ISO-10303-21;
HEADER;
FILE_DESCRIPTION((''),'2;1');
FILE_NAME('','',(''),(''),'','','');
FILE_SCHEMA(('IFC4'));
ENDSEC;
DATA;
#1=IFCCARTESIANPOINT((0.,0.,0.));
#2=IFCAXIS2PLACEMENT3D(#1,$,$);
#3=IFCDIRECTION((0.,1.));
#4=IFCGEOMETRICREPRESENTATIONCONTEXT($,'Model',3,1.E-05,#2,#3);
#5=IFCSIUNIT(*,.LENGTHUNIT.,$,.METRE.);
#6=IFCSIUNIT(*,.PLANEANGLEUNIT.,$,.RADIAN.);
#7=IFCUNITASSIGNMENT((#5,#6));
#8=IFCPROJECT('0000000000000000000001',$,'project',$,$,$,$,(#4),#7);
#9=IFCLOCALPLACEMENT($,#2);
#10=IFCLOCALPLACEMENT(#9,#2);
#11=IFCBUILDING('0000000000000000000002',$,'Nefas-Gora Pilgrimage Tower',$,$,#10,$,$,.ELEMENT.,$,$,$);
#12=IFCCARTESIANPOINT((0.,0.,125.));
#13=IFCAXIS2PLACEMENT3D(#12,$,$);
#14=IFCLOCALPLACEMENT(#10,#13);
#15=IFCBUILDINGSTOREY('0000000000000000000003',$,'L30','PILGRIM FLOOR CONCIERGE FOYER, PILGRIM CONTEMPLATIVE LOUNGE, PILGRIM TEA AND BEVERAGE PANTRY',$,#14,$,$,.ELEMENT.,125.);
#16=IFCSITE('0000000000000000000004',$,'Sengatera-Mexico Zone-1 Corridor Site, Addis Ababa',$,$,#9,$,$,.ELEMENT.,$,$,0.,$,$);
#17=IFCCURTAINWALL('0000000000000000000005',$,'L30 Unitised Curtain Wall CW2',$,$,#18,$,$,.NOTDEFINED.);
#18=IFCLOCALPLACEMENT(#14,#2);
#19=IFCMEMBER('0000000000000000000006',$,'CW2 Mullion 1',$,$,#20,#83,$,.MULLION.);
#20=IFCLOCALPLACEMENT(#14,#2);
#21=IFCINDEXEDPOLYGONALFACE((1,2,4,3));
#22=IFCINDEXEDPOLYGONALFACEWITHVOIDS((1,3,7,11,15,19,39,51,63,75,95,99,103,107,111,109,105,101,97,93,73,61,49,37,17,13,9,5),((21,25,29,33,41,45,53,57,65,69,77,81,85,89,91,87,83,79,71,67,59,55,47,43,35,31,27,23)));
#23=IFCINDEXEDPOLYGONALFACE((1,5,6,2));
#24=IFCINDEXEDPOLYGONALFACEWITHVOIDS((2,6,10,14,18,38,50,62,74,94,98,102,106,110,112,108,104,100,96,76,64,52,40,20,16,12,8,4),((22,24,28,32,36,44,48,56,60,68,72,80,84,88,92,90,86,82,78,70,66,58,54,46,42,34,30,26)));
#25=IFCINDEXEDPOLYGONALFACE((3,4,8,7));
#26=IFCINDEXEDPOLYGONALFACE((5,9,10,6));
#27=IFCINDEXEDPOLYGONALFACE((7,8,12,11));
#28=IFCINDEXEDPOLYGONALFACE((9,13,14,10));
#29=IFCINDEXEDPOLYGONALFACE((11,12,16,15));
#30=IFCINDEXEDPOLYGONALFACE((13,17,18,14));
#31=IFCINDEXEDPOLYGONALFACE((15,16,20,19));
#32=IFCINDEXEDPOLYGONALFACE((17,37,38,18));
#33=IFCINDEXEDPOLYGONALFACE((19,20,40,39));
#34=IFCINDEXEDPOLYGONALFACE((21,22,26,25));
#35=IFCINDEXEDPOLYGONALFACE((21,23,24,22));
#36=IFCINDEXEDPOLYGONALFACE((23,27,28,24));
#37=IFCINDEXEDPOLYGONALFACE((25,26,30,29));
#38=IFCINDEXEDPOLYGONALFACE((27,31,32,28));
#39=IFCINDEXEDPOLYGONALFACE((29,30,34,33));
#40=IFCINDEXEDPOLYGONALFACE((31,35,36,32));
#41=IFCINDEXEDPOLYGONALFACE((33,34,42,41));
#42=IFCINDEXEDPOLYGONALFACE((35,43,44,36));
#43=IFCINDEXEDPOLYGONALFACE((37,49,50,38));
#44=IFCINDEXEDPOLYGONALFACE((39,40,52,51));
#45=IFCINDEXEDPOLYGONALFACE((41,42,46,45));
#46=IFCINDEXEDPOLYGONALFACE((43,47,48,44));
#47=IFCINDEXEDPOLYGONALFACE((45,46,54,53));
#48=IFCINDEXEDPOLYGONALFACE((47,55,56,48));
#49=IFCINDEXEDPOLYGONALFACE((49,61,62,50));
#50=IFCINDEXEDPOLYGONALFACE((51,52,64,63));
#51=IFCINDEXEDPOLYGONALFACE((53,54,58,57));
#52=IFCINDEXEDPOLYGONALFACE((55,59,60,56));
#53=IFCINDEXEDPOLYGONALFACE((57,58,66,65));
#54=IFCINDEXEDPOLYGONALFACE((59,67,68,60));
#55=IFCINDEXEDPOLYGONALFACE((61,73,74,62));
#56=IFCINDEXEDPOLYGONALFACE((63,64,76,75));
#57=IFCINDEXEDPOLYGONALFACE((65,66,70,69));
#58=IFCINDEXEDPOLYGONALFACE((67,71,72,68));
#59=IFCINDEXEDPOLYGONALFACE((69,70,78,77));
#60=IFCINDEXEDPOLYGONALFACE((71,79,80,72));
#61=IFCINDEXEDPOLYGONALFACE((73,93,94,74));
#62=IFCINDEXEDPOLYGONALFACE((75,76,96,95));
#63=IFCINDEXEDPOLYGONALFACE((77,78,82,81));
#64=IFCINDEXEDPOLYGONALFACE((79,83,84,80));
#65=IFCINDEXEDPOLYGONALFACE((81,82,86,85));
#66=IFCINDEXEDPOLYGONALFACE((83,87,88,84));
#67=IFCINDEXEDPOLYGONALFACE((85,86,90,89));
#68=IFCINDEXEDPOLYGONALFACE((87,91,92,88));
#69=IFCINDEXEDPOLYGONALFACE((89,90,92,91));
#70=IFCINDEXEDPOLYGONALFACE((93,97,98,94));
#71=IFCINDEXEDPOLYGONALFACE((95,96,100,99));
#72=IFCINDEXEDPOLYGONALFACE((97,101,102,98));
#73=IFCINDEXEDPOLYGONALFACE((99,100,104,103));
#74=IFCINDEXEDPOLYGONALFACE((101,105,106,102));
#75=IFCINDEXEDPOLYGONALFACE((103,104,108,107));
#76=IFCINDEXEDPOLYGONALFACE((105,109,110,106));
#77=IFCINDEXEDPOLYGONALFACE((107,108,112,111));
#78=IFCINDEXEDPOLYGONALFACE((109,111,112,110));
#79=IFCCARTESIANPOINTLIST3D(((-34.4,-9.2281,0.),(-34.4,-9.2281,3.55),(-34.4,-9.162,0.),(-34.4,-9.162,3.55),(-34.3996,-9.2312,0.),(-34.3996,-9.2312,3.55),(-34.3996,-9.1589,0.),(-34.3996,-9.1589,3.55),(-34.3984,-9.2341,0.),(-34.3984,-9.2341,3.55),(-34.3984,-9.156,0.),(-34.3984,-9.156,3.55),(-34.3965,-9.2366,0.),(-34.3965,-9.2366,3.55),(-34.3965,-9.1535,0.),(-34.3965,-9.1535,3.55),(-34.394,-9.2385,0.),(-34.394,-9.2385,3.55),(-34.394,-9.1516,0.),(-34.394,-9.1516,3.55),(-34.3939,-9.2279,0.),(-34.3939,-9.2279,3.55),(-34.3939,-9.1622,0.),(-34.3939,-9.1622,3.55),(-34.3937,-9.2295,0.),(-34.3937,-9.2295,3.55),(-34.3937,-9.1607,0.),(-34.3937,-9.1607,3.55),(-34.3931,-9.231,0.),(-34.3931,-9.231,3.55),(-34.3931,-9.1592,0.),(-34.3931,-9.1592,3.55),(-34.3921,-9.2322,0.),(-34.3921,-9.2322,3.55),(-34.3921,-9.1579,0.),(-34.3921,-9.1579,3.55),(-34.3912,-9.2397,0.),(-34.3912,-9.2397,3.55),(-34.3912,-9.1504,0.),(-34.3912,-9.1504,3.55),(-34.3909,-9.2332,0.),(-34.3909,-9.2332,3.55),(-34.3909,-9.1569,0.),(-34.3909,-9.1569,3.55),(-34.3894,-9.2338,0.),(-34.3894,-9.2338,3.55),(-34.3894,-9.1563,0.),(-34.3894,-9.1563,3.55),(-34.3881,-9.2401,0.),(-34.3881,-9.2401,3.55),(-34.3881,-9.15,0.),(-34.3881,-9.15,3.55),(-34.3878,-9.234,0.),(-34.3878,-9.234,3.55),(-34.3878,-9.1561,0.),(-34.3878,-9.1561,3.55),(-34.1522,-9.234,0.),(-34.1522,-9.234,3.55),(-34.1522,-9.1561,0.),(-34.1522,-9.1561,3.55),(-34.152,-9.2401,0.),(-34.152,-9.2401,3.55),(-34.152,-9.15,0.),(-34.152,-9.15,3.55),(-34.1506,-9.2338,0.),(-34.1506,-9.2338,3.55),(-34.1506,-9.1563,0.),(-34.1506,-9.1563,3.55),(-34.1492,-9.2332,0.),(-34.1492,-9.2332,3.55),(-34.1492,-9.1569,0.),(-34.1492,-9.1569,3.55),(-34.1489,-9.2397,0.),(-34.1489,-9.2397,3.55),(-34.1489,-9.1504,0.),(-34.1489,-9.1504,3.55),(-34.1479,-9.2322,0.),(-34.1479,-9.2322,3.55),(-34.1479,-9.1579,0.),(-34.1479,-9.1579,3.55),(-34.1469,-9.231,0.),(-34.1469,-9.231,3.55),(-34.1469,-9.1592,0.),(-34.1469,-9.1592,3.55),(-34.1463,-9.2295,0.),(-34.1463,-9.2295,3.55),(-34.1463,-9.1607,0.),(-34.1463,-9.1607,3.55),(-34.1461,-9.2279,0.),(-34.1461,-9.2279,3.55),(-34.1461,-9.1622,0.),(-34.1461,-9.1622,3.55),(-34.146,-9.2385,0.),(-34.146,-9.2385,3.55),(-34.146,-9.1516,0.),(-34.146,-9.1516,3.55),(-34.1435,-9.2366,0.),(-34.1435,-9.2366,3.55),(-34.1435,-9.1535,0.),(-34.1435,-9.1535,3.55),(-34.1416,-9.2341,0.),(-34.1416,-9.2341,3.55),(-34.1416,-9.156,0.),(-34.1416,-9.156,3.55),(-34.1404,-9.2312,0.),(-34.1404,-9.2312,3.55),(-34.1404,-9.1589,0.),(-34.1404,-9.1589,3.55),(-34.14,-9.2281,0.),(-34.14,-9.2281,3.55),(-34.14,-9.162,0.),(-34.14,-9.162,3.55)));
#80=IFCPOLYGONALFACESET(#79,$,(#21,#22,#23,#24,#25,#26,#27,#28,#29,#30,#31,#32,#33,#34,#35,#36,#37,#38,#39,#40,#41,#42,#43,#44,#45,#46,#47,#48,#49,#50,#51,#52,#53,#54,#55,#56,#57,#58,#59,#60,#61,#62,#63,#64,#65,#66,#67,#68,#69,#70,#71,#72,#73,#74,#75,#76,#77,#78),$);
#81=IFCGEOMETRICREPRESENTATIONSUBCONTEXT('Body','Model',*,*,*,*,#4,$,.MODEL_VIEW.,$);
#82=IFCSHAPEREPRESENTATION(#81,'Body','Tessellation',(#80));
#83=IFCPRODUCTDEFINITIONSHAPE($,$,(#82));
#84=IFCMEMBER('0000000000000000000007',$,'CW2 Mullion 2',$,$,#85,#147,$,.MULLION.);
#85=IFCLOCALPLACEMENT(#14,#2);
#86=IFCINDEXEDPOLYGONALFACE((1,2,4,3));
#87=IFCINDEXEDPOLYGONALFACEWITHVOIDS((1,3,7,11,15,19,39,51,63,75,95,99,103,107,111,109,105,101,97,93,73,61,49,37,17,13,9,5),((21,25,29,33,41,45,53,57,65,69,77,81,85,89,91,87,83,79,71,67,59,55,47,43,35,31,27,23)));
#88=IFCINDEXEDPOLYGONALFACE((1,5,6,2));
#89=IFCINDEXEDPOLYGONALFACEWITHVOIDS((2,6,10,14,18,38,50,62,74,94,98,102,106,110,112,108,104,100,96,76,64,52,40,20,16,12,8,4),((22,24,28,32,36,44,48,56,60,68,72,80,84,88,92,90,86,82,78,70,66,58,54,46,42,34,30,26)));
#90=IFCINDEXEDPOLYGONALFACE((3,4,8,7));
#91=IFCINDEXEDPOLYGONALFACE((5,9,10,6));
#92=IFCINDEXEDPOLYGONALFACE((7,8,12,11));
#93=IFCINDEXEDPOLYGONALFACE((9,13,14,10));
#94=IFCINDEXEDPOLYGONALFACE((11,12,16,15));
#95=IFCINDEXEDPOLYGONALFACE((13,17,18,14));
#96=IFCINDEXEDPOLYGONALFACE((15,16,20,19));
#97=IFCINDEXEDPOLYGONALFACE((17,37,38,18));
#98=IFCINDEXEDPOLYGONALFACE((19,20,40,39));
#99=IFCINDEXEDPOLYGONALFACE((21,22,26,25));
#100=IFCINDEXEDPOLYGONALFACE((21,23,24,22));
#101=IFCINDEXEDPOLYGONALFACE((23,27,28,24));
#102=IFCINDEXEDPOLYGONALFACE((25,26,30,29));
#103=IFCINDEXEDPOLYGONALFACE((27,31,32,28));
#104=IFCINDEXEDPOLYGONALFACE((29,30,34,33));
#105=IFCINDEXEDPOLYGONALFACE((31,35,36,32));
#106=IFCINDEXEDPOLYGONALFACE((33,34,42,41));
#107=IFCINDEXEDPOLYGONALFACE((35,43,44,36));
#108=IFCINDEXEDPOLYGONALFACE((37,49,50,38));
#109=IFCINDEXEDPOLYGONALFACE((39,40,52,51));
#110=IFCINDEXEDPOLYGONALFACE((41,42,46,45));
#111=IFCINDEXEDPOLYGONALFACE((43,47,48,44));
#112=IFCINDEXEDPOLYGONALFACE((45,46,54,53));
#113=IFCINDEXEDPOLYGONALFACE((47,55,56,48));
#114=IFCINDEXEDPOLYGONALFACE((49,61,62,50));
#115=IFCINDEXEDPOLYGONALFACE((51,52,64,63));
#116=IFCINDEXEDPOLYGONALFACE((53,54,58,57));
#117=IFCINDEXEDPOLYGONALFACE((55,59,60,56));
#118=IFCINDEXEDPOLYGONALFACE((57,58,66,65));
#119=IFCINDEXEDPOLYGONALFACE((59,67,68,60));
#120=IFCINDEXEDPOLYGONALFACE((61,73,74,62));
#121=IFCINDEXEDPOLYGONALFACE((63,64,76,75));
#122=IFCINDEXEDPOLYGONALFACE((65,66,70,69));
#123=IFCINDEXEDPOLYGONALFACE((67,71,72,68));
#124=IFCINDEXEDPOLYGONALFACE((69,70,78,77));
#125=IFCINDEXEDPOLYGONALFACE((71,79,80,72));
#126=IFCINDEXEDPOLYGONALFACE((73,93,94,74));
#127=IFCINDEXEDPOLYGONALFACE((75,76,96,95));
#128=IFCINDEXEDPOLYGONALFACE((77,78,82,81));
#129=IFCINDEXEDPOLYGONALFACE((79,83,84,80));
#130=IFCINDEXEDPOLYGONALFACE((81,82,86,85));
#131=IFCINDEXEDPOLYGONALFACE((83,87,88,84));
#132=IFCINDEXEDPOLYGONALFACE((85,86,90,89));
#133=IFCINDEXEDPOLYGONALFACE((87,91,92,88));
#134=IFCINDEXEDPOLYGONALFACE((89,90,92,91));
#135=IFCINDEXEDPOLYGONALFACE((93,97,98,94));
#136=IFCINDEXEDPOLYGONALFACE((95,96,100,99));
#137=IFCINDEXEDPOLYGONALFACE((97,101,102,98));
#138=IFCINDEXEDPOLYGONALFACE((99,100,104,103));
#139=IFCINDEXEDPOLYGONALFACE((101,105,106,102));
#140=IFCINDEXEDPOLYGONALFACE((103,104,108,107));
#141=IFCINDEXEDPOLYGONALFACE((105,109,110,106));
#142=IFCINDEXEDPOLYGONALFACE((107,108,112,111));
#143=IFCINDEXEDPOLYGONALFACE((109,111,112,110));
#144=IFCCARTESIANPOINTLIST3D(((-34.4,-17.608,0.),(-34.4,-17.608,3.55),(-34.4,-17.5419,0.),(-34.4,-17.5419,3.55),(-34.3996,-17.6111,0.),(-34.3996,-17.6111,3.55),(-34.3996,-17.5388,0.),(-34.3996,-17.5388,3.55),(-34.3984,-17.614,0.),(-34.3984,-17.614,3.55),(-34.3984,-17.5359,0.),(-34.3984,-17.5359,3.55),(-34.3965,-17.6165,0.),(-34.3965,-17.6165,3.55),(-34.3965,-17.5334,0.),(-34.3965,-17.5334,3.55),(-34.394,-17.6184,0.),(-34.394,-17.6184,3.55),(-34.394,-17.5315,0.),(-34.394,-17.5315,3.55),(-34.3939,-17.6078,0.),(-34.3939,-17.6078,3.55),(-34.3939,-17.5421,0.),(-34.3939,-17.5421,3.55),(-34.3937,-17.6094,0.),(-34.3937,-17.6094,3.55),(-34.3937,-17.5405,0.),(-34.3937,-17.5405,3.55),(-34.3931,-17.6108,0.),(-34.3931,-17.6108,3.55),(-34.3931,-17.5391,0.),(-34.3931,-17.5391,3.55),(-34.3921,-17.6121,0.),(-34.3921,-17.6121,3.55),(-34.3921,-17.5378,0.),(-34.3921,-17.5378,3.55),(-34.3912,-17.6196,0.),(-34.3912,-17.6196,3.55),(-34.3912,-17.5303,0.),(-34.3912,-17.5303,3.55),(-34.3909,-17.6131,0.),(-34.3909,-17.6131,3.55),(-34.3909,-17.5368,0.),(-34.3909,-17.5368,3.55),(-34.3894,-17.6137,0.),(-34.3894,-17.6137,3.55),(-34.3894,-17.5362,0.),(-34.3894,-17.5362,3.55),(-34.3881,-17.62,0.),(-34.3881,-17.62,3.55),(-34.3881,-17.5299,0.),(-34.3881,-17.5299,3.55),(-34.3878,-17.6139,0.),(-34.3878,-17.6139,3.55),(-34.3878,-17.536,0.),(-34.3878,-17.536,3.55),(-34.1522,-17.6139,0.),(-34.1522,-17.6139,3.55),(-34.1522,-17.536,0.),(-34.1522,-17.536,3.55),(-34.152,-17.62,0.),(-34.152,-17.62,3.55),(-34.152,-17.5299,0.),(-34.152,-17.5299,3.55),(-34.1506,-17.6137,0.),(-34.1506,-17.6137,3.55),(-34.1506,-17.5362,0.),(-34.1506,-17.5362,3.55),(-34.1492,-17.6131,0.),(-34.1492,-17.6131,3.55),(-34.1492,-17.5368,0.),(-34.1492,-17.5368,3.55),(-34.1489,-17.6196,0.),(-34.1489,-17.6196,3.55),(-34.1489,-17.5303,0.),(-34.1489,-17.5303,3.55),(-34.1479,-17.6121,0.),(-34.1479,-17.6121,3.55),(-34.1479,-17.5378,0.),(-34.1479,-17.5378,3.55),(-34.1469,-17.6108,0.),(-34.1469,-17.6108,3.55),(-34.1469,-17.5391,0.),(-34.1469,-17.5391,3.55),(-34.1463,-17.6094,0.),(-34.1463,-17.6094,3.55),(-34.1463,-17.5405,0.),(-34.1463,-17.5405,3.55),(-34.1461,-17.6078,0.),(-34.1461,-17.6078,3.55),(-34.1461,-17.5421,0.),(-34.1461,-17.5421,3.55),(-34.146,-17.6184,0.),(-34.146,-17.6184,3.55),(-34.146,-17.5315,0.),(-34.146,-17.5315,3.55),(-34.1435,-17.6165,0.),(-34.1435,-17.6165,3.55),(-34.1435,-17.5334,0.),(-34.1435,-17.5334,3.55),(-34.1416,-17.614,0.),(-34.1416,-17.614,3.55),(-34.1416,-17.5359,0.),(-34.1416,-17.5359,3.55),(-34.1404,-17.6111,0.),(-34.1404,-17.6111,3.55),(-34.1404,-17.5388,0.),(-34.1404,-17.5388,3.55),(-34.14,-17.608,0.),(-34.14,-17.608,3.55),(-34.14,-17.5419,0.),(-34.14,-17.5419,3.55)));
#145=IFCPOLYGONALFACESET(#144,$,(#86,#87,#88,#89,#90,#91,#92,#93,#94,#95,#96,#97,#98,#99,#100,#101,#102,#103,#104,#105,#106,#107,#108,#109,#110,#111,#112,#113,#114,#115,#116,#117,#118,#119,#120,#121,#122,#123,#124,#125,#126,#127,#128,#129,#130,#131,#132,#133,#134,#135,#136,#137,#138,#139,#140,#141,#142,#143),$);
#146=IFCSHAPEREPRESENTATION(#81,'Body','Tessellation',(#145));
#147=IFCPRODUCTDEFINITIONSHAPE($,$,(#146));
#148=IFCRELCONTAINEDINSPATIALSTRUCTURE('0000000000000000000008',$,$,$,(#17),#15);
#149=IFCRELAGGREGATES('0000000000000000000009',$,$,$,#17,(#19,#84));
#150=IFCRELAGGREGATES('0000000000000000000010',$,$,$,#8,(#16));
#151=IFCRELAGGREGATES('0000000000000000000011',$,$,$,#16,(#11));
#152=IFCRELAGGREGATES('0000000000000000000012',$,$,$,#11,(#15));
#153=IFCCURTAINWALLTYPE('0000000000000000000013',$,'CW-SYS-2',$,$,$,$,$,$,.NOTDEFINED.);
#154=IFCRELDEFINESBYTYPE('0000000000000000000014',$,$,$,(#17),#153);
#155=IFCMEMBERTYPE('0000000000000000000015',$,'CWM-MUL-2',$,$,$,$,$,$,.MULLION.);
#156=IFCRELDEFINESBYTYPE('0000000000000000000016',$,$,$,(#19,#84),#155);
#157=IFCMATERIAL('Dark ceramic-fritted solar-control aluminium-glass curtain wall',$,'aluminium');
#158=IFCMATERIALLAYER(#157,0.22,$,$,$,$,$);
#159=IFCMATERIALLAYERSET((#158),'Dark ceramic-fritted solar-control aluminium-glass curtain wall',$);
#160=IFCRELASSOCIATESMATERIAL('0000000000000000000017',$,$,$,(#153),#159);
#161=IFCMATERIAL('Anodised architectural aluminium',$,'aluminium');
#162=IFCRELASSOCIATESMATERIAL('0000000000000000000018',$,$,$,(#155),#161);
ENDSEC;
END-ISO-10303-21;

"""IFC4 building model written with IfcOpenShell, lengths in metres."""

from ifc_helpers import new_model, si_unit, direction, frame, origin, origin_2d, place, context, subcontext, project, spatial, hollow_rectangle, extrude, source, transform, mapped, material, layer, layer_set, material_profile, profile_set, type_object, element, aggregate, save


model = new_model("IFC4")

# Units and contexts
model_context = context("Model", 3, precision=1e-05, world=origin(), true_north=direction((0.0, 1.0)))
body_context = subcontext(model_context, "Body", "Model", "MODEL_VIEW")
ifc_project = project(units=[si_unit("LENGTHUNIT", "METRE"), si_unit("PLANEANGLEUNIT", "RADIAN")], contexts=[model_context])

# Site, building, storey
site_placement = place(None, origin())
site = spatial("IfcSite", under=ifc_project, at=site_placement, Name="Sengatera-Mexico Zone-1 Corridor Site, Addis Ababa", CompositionType="ELEMENT", RefElevation=0.0)
building_placement = place(site_placement, origin())
building = spatial("IfcBuilding", under=site, at=building_placement, Name="Nefas-Gora Pilgrimage Tower", CompositionType="ELEMENT")
storey_placement = place(building_placement, frame((0.0, 0.0, 125.0)))
storey = spatial("IfcBuildingStorey", under=building, at=storey_placement, Name="L30", Description="PILGRIM FLOOR CONCIERGE FOYER, PILGRIM CONTEMPLATIVE LOUNGE, PILGRIM TEA AND BEVERAGE PANTRY", CompositionType="ELEMENT", Elevation=125.0)

# Curtain wall, members
ifc_material_1 = material(Name="Dark ceramic-fritted solar-control aluminium-glass curtain wall", Category="aluminium")
ifc_material_2 = material(Name="Anodised architectural aluminium", Category="aluminium")
ifc_layer_1 = layer(ifc_material_1, 0.22)
ifc_layer_set_1 = layer_set([ifc_layer_1], Name="Dark ceramic-fritted solar-control aluminium-glass curtain wall")
curtain_wall_type_1 = type_object("IfcCurtainWallType", Name="CW-SYS-2", PredefinedType="NOTDEFINED", material=ifc_layer_set_1)
curtain_wall_1_placement = place(storey_placement, origin())
curtain_wall_1 = element("IfcCurtainWall", 1, at=curtain_wall_1_placement, inside=storey, type_object=curtain_wall_type_1, Name="L30 Unitised Curtain Wall CW2", PredefinedType="NOTDEFINED")
ifc_material_profile_1 = material_profile(ifc_material_2, hollow_rectangle(XDim=0.0901, YDim=0.26, WallThickness=0.0061, InnerFilletRadius=0.0061, OuterFilletRadius=0.012, at=origin_2d()), Name="ALU MULLION 90x260")
ifc_profile_set_1 = profile_set([ifc_material_profile_1], Name="Anodised architectural aluminium")
member_type_1 = type_object("IfcMemberType", Name="CWM-MUL-2", PredefinedType="MULLION", material=ifc_profile_set_1)
shared_shape_1 = source(origin(), body_context, "Body", "SweptSolid", [
    extrude(hollow_rectangle(XDim=0.0901, YDim=0.26, WallThickness=0.0061, InnerFilletRadius=0.0061, OuterFilletRadius=0.012, at=origin_2d()), origin(), (0.0, 0.0, 1.0), 3.55),
])
member_1_placement = place(storey_placement, frame((-34.27, -9.1951, 0.0), z_axis=(0.0, 0.0, 1.0), x_axis=(0.0, -1.0, 0.0)))
member_1 = element("IfcMember", 2, at=member_1_placement, type_object=member_type_1, Name="CW2 Mullion 1", PredefinedType="MULLION", context=body_context, shape_type="MappedRepresentation", body=[
    mapped(shared_shape_1, transform((0.0, 0.0, 0.0), x_axis=(1.0, 0.0, 0.0), y_axis=(0.0, 1.0, 0.0), z_axis=(0.0, 0.0, 1.0), scale=1.0)),
])
member_2_placement = place(storey_placement, frame((-34.27, -17.575, 0.0), z_axis=(0.0, 0.0, 1.0), x_axis=(0.0, -1.0, 0.0)))
member_2 = element("IfcMember", 3, at=member_2_placement, type_object=member_type_1, Name="CW2 Mullion 2", PredefinedType="MULLION", context=body_context, shape_type="MappedRepresentation", body=[
    mapped(shared_shape_1, transform((0.0, 0.0, 0.0), x_axis=(1.0, 0.0, 0.0), y_axis=(0.0, 1.0, 0.0), z_axis=(0.0, 0.0, 1.0), scale=1.0)),
])

aggregate(curtain_wall_1, [member_1, member_2])

save(model, "model.ifc")
